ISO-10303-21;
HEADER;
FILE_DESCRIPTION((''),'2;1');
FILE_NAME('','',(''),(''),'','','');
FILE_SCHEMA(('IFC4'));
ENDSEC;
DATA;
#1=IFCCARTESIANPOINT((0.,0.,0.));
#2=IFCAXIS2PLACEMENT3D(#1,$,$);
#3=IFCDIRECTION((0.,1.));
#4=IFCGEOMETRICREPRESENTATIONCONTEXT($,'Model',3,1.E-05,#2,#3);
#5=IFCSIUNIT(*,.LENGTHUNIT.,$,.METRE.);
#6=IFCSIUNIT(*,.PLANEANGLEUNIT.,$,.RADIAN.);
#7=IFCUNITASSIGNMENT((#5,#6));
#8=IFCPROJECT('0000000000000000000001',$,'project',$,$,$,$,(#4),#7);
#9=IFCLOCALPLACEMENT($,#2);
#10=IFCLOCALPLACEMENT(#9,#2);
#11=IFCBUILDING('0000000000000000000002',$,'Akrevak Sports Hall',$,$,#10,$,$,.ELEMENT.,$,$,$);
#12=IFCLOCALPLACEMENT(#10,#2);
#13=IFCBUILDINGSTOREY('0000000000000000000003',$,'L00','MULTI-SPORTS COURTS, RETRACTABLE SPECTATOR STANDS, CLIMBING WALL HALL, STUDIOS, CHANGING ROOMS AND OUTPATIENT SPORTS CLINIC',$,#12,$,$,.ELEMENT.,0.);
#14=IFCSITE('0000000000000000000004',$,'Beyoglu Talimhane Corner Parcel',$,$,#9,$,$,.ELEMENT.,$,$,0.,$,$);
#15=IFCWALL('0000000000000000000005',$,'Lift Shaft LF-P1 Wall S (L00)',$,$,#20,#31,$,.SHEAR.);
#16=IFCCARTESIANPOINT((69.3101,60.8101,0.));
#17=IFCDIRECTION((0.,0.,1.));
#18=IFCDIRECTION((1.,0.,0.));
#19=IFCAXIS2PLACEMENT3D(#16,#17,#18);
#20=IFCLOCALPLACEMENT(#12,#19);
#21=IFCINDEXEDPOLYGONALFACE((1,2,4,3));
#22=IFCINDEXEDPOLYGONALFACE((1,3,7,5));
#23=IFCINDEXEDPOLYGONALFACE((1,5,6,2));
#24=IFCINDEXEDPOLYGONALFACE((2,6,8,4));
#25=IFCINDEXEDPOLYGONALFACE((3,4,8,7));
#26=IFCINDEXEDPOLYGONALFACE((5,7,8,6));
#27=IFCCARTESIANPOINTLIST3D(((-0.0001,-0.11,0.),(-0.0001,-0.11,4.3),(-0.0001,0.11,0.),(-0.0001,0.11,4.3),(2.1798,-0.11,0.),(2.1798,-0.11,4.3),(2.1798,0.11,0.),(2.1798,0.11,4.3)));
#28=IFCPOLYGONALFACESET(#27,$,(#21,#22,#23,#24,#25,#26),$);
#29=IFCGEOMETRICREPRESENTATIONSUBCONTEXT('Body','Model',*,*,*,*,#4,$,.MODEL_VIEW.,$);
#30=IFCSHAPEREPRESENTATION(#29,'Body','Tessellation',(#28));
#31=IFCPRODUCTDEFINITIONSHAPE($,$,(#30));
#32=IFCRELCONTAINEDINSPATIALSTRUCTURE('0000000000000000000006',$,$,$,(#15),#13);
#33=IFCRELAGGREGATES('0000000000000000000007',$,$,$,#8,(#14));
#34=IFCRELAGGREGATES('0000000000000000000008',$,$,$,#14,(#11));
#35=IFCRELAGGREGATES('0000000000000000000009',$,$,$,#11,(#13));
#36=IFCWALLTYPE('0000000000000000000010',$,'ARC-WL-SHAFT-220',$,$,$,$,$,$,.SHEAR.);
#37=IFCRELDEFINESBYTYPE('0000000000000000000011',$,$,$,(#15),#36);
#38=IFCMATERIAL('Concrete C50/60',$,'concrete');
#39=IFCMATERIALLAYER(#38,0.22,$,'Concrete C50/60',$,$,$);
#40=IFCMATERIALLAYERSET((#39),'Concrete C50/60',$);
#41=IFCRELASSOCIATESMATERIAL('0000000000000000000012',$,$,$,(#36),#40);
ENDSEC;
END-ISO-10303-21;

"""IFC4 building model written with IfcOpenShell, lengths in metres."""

from ifc_helpers import new_model, si_unit, direction, frame, frame_2d, origin, place, context, subcontext, project, spatial, rectangle, extrude, material, layer, layer_set, type_object, element, save


model = new_model("IFC4")

# Units and contexts
model_context = context("Model", 3, precision=1e-05, world=origin(), true_north=direction((0.0, 1.0)))
body_context = subcontext(model_context, "Body", "Model", "MODEL_VIEW")
ifc_project = project(units=[si_unit("LENGTHUNIT", "METRE"), si_unit("PLANEANGLEUNIT", "RADIAN")], contexts=[model_context])

# Site, building, storey
site_placement = place(None, origin())
site = spatial("IfcSite", under=ifc_project, at=site_placement, Name="Beyoglu Talimhane Corner Parcel", CompositionType="ELEMENT", RefElevation=0.0)
building_placement = place(site_placement, origin())
building = spatial("IfcBuilding", under=site, at=building_placement, Name="Akrevak Sports Hall", CompositionType="ELEMENT")
storey_placement = place(building_placement, origin())
storey = spatial("IfcBuildingStorey", under=building, at=storey_placement, Name="L00", Description="MULTI-SPORTS COURTS, RETRACTABLE SPECTATOR STANDS, CLIMBING WALL HALL, STUDIOS, CHANGING ROOMS AND OUTPATIENT SPORTS CLINIC", CompositionType="ELEMENT", Elevation=0.0)

# Shared definitions
ifc_material_1 = material(Name="Concrete C50/60", Category="concrete")

# Wall
ifc_layer_1 = layer(ifc_material_1, 0.22, Name="Concrete C50/60")
ifc_layer_set_1 = layer_set([ifc_layer_1], Name="Concrete C50/60")
wall_type_1 = type_object("IfcWallType", Name="ARC-WL-SHAFT-220", PredefinedType="SHEAR", material=ifc_layer_set_1)
wall_1_placement = place(storey_placement, frame((69.3101, 60.8101, 0.0), z_axis=(0.0, 0.0, 1.0), x_axis=(1.0, 0.0, 0.0)))
element("IfcWall", 1, at=wall_1_placement, inside=storey, type_object=wall_type_1, Name="Lift Shaft LF-P1 Wall S (L00)", PredefinedType="SHEAR", context=body_context, shape_type="SweptSolid", body=[
    extrude(rectangle(XDim=2.1799, YDim=0.22, at=frame_2d((1.0898, 0.0))), origin(), (0.0, 0.0, 1.0), 4.3),
])

save(model, "model.ifc")
